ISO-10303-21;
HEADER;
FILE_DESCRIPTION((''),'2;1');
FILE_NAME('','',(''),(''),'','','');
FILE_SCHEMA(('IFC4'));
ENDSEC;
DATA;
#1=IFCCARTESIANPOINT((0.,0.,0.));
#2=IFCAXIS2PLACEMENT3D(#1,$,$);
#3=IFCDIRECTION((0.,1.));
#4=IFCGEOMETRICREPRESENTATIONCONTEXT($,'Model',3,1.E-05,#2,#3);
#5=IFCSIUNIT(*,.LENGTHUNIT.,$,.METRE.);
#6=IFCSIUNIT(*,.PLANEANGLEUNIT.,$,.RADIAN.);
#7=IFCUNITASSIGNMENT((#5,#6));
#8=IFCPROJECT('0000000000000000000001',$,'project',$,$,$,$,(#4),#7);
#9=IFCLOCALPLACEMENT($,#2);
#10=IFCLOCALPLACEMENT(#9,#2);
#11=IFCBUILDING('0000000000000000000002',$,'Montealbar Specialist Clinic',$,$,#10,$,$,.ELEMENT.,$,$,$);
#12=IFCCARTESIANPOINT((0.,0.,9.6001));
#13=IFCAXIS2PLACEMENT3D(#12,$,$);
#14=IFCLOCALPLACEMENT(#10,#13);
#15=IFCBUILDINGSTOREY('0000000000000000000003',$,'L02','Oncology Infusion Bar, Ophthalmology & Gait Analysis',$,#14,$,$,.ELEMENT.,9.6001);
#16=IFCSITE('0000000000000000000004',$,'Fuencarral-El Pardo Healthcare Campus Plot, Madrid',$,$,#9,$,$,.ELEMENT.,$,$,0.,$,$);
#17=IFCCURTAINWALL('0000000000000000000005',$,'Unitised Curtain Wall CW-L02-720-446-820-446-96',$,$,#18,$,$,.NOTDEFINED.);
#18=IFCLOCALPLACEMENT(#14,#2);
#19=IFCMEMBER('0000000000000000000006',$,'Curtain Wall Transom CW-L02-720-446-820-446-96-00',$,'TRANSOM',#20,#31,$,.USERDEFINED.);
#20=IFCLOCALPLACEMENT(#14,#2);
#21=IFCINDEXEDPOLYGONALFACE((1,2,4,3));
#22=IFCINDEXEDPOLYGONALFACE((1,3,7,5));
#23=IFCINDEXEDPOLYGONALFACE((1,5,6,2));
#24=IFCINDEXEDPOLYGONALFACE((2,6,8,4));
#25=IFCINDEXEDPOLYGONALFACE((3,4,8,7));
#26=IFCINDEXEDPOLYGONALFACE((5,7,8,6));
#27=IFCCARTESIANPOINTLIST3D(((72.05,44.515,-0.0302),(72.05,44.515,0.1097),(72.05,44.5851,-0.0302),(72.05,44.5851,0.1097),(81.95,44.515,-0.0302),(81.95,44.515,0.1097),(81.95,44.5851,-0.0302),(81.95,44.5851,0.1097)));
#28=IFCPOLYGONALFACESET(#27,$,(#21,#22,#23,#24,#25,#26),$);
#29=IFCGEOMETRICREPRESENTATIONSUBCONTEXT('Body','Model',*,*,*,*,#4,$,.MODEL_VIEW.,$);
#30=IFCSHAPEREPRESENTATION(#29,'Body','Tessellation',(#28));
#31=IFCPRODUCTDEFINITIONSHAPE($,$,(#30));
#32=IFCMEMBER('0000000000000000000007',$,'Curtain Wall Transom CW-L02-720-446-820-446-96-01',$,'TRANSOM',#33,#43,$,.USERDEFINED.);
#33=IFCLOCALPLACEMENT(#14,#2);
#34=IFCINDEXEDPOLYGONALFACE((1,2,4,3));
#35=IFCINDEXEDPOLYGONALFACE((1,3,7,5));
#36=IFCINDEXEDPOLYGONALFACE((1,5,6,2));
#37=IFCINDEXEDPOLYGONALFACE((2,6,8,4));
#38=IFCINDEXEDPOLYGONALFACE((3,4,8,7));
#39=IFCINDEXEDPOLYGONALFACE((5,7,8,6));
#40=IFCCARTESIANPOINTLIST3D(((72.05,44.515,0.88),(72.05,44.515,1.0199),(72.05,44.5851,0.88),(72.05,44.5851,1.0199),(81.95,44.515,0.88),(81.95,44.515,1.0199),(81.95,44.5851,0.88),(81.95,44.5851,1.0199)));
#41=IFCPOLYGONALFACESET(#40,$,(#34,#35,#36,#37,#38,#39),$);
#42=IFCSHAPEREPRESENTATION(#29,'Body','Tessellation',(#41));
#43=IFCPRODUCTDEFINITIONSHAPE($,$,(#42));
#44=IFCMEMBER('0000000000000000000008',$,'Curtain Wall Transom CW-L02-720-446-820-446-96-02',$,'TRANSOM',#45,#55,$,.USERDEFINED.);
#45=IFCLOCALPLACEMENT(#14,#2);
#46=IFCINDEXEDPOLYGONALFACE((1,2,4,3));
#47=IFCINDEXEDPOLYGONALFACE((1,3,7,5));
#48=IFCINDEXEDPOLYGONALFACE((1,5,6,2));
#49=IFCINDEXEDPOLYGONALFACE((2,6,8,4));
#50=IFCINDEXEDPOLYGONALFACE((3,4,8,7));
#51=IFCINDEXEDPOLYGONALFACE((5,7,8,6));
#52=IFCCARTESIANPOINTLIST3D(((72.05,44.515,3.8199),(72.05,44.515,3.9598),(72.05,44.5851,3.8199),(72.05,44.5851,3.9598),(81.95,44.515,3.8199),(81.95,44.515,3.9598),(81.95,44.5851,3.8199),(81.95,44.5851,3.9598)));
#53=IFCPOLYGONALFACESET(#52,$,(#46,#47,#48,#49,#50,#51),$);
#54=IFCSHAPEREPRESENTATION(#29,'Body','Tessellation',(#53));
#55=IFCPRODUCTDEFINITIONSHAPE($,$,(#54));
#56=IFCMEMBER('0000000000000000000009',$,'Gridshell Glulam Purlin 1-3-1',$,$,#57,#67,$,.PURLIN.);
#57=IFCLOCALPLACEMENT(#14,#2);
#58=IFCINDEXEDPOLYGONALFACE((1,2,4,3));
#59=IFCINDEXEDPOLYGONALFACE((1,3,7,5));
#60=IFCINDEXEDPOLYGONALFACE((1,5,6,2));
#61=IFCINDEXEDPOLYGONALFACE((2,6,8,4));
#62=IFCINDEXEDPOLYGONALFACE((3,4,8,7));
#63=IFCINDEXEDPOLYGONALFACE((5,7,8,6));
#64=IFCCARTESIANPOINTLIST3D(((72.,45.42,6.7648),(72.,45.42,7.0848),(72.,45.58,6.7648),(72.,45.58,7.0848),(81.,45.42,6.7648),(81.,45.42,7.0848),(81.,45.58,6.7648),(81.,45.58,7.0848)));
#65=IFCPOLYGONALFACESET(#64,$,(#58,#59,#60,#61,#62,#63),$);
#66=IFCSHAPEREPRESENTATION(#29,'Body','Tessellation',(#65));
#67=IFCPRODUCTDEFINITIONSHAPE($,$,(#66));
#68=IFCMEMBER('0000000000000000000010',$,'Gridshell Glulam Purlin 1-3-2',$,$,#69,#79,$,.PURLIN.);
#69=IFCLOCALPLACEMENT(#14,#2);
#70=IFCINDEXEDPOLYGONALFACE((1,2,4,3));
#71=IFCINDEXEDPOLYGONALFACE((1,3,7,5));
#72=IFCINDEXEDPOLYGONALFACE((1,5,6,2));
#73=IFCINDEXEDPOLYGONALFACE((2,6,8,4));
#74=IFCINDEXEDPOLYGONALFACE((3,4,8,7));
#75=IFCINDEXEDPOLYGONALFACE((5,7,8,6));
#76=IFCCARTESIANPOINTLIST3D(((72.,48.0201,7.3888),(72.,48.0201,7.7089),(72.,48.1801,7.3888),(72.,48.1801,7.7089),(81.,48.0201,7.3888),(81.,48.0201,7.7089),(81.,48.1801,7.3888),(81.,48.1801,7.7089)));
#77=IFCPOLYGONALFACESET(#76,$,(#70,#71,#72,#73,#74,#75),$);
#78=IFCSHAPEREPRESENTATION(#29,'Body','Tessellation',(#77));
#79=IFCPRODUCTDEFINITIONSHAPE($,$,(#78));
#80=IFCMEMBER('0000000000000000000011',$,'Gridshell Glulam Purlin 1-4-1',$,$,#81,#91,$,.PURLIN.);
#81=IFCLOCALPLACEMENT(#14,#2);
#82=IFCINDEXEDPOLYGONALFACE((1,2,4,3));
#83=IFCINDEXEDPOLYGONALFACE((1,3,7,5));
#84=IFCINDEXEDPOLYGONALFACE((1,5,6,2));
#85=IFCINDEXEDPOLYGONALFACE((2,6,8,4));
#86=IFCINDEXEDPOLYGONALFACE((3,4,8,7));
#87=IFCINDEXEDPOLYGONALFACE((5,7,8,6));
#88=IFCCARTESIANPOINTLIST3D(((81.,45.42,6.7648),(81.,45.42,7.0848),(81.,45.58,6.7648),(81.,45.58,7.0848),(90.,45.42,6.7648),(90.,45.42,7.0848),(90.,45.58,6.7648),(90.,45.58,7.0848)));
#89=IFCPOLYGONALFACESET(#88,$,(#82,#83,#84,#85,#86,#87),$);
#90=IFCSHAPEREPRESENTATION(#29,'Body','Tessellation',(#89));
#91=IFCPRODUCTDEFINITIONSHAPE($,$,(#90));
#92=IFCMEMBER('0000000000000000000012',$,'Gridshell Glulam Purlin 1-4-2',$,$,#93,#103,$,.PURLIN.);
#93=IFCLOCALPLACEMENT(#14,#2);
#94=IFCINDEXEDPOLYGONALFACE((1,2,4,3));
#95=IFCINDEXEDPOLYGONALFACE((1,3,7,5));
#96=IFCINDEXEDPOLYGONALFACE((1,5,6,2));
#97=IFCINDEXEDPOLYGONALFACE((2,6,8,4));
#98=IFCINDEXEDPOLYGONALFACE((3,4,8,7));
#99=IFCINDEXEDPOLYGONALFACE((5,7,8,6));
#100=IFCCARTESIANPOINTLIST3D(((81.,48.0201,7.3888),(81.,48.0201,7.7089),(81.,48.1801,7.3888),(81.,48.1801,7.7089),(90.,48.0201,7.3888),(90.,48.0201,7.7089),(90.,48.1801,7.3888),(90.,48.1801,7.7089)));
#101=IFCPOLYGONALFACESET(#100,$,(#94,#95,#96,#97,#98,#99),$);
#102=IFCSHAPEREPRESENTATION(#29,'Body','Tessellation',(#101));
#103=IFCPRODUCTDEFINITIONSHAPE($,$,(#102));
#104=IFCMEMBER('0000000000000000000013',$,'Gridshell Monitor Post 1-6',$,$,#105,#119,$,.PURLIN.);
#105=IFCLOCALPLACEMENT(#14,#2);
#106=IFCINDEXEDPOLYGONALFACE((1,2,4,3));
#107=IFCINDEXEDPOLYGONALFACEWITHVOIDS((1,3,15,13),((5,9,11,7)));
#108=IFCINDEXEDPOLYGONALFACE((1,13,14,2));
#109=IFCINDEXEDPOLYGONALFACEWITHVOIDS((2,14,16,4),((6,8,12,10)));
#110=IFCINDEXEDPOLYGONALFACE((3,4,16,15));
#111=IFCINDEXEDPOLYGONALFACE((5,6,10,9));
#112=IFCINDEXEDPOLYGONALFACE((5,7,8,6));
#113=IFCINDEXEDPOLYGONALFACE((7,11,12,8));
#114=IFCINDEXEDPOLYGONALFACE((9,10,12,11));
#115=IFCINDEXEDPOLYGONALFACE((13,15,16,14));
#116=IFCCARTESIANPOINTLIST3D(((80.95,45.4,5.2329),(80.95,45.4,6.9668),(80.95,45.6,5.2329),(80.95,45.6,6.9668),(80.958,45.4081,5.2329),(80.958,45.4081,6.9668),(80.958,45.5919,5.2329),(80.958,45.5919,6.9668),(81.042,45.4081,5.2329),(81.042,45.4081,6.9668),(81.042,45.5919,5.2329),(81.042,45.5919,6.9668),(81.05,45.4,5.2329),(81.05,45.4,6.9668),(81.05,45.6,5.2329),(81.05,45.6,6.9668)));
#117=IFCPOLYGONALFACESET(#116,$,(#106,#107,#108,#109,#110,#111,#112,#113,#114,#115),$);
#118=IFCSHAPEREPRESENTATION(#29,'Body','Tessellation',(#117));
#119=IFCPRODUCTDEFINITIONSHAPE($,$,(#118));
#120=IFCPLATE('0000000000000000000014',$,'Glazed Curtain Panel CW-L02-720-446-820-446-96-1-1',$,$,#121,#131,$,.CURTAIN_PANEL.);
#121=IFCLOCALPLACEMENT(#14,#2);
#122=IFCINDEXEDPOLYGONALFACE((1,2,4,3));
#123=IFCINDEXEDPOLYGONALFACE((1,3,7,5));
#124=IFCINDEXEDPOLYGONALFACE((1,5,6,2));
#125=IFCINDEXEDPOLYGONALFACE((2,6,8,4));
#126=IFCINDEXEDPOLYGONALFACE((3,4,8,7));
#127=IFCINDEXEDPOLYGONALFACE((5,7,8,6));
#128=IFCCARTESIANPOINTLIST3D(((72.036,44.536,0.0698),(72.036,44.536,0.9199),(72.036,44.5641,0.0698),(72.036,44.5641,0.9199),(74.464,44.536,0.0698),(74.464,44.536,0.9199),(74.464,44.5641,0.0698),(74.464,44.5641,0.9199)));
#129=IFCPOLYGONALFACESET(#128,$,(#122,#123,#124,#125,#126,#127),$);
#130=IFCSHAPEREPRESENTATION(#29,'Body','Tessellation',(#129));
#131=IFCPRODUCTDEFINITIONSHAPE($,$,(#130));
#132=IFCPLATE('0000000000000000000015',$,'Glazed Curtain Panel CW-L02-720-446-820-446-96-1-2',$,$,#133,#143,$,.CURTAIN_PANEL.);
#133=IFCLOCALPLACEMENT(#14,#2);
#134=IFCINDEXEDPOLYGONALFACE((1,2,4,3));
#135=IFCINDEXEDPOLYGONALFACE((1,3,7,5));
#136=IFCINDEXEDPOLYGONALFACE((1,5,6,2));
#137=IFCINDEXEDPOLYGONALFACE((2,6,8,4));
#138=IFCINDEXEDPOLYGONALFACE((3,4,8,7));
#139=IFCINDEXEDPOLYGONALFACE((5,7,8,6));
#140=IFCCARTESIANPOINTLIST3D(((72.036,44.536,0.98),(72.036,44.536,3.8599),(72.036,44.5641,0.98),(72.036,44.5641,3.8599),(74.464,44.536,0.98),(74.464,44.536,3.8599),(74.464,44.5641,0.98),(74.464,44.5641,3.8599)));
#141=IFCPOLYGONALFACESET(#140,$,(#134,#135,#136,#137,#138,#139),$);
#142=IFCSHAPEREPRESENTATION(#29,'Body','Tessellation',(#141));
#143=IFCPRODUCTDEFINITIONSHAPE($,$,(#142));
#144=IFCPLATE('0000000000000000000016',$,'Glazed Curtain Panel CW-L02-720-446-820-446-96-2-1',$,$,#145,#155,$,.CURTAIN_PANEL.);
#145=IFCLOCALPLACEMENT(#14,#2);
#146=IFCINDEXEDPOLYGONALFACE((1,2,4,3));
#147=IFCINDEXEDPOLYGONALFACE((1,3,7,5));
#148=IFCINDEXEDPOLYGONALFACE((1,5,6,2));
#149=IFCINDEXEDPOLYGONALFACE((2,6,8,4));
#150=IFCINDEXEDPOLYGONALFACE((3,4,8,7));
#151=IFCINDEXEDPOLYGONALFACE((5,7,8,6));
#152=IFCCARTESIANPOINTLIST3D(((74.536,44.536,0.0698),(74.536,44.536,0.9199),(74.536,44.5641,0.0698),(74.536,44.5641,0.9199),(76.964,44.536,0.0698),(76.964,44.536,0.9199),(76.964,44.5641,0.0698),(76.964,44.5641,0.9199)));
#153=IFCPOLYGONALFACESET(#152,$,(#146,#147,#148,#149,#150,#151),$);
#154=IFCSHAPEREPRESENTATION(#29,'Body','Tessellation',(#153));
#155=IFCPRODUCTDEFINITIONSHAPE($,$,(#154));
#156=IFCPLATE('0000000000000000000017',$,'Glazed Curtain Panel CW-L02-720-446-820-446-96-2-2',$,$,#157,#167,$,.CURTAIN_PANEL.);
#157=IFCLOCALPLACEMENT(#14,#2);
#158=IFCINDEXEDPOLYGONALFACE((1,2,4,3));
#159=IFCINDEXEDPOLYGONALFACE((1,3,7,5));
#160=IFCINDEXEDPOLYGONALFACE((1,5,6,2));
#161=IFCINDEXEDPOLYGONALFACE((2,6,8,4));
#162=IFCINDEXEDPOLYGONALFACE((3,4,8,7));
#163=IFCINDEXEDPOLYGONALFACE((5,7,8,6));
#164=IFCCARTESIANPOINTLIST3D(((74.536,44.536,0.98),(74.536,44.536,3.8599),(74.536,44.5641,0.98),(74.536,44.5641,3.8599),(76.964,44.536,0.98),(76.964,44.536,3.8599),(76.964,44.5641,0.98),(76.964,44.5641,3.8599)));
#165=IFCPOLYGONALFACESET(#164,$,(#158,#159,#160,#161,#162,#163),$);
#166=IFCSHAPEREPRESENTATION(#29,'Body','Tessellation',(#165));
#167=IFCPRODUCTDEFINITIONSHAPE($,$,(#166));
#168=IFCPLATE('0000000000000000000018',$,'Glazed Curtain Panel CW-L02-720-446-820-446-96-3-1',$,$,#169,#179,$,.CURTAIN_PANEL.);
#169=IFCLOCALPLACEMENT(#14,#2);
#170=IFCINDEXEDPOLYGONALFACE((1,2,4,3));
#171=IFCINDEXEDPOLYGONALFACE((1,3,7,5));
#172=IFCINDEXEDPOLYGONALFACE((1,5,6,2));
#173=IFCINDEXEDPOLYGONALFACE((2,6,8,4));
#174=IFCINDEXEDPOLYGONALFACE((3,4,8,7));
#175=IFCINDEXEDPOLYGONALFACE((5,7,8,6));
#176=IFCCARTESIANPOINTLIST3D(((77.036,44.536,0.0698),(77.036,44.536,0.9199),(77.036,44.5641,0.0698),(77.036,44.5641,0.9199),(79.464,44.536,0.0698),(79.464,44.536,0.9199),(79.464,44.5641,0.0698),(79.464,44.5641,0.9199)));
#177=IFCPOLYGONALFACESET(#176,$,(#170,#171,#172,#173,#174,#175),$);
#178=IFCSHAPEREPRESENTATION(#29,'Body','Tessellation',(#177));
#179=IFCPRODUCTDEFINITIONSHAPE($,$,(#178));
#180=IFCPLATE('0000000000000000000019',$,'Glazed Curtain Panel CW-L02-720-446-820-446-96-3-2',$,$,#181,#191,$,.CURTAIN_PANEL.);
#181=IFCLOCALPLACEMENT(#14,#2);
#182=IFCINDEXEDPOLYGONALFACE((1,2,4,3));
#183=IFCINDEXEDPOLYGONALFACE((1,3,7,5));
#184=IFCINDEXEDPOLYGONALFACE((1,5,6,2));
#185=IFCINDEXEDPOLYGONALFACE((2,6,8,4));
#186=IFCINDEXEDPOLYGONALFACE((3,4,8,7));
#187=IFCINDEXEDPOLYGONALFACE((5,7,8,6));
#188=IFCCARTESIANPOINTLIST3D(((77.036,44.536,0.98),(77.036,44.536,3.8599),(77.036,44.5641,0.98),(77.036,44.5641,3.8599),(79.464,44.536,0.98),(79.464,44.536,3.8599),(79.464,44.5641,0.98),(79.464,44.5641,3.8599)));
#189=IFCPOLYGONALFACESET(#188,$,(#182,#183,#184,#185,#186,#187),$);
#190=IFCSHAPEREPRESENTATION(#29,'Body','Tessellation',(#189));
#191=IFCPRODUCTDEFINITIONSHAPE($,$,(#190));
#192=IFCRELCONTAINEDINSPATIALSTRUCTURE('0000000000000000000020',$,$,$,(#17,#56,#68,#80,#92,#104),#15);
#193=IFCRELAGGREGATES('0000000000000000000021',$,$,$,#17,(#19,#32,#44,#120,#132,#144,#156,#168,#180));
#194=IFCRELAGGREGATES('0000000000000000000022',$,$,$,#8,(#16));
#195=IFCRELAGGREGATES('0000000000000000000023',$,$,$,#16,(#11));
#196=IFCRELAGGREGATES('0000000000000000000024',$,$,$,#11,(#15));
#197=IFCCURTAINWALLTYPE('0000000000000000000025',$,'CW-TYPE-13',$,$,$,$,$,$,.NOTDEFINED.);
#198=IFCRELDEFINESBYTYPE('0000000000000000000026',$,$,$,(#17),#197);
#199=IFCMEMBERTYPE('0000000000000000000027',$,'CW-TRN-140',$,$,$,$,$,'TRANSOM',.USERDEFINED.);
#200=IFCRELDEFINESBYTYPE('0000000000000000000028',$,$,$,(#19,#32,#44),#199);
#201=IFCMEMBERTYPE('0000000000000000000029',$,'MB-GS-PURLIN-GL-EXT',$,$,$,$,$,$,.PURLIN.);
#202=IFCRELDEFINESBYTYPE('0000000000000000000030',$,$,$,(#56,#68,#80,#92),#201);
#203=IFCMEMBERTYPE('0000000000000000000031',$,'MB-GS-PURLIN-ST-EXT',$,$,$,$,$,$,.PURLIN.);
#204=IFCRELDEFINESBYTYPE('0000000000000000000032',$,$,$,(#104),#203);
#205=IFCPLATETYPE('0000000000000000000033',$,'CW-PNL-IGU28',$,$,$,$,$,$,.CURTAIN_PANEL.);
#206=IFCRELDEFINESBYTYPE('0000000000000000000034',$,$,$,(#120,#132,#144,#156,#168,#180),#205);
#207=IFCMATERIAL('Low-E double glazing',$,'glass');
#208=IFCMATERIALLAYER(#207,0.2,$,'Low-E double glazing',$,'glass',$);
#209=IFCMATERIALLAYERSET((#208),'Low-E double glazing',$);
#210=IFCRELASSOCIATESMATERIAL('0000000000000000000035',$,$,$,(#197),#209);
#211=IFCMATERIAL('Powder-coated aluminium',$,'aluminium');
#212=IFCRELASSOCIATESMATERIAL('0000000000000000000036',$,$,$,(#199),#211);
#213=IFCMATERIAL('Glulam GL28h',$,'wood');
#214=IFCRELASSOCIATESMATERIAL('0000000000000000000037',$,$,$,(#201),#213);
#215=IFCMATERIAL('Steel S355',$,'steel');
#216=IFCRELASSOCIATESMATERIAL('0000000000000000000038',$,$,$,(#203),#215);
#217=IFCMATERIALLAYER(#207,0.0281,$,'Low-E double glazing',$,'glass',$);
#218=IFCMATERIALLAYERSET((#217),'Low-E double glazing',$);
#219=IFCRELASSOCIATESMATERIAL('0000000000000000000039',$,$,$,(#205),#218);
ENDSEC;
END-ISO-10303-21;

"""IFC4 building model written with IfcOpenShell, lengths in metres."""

from ifc_helpers import new_model, si_unit, direction, frame, origin, origin_2d, place, context, subcontext, project, spatial, rectangle, hollow_rectangle, extrude, material, layer, layer_set, material_profile, profile_set, type_object, element, aggregate, save


model = new_model("IFC4")

# Units and contexts
model_context = context("Model", 3, precision=1e-05, world=origin(), true_north=direction((0.0, 1.0)))
body_context = subcontext(model_context, "Body", "Model", "MODEL_VIEW")
ifc_project = project(units=[si_unit("LENGTHUNIT", "METRE"), si_unit("PLANEANGLEUNIT", "RADIAN")], contexts=[model_context])

# Site, building, storey
site_placement = place(None, origin())
site = spatial("IfcSite", under=ifc_project, at=site_placement, Name="Fuencarral-El Pardo Healthcare Campus Plot, Madrid", CompositionType="ELEMENT", RefElevation=0.0)
building_placement = place(site_placement, origin())
building = spatial("IfcBuilding", under=site, at=building_placement, Name="Montealbar Specialist Clinic", CompositionType="ELEMENT")
storey_placement = place(building_placement, frame((0.0, 0.0, 9.6001)))
storey = spatial("IfcBuildingStorey", under=building, at=storey_placement, Name="L02", Description="Oncology Infusion Bar, Ophthalmology & Gait Analysis", CompositionType="ELEMENT", Elevation=9.6001)

# Shared definitions
ifc_material_1 = material(Name="Steel S355", Category="steel")

# Shared definitions
ifc_material_2 = material(Name="Glulam GL28h", Category="wood")

# Curtain wall, members
ifc_material_3 = material(Name="Low-E double glazing", Category="glass")
ifc_layer_1 = layer(ifc_material_3, 0.2, Name="Low-E double glazing", Category="glass")
ifc_layer_set_1 = layer_set([ifc_layer_1], Name="Low-E double glazing")
curtain_wall_type = type_object("IfcCurtainWallType", Name="CW-TYPE-13", PredefinedType="NOTDEFINED", material=ifc_layer_set_1)
curtain_wall_placement = place(storey_placement, origin())
curtain_wall = element("IfcCurtainWall", 1, at=curtain_wall_placement, inside=storey, type_object=curtain_wall_type, Name="Unitised Curtain Wall CW-L02-720-446-820-446-96", PredefinedType="NOTDEFINED")
ifc_material_4 = material(Name="Powder-coated aluminium", Category="aluminium")
ifc_material_profile_1 = material_profile(ifc_material_4, rectangle(XDim=0.0701, YDim=0.1399, at=origin_2d()), Name="ALU 70x140", Category="aluminium")
ifc_profile_set_1 = profile_set([ifc_material_profile_1], Name="Powder-coated aluminium")
member_type_1 = type_object("IfcMemberType", Name="CW-TRN-140", ElementType="TRANSOM", PredefinedType="USERDEFINED", material=ifc_profile_set_1)
member_1_placement = place(storey_placement, frame((72.05, 44.55, 0.0398), z_axis=(1.0, 0.0, 0.0), x_axis=(0.0, 1.0, 0.0)))
member_1 = element("IfcMember", 2, at=member_1_placement, type_object=member_type_1, Name="Curtain Wall Transom CW-L02-720-446-820-446-96-00", ObjectType="TRANSOM", PredefinedType="USERDEFINED", context=body_context, shape_type="SweptSolid", body=[
    extrude(rectangle(XDim=0.0701, YDim=0.1399, at=origin_2d()), origin(), (0.0, 0.0, 1.0), 9.8999),
])
member_2_placement = place(storey_placement, frame((72.05, 44.55, 0.95), z_axis=(1.0, 0.0, 0.0), x_axis=(0.0, 1.0, 0.0)))
member_2 = element("IfcMember", 3, at=member_2_placement, type_object=member_type_1, Name="Curtain Wall Transom CW-L02-720-446-820-446-96-01", ObjectType="TRANSOM", PredefinedType="USERDEFINED", context=body_context, shape_type="SweptSolid", body=[
    extrude(rectangle(XDim=0.0701, YDim=0.1399, at=origin_2d()), origin(), (0.0, 0.0, 1.0), 9.8999),
])
member_3_placement = place(storey_placement, frame((72.05, 44.55, 3.8899), z_axis=(1.0, 0.0, 0.0), x_axis=(0.0, 1.0, 0.0)))
member_3 = element("IfcMember", 4, at=member_3_placement, type_object=member_type_1, Name="Curtain Wall Transom CW-L02-720-446-820-446-96-02", ObjectType="TRANSOM", PredefinedType="USERDEFINED", context=body_context, shape_type="SweptSolid", body=[
    extrude(rectangle(XDim=0.0701, YDim=0.1399, at=origin_2d()), origin(), (0.0, 0.0, 1.0), 9.8999),
])

# Members
ifc_material_profile_2 = material_profile(ifc_material_2, rectangle(XDim=0.1599, YDim=0.3201, at=origin_2d()), Name="GL28h 160x320", Category="wood")
ifc_profile_set_2 = profile_set([ifc_material_profile_2], Name="Glulam GL28h")
member_type_2 = type_object("IfcMemberType", Name="MB-GS-PURLIN-GL-EXT", PredefinedType="PURLIN", material=ifc_profile_set_2)
for number, where, z_axis, x_axis, name in (
    (5, (72.0, 45.5, 6.9248), (1.0, 0.0, 0.0), (0.0, 1.0, 0.0), "Gridshell Glulam Purlin 1-3-1"),
    (6, (72.0, 48.1001, 7.5488), (1.0, 0.0, 0.0), (0.0, 1.0, 0.0), "Gridshell Glulam Purlin 1-3-2"),
    (7, (81.0, 45.5, 6.9248), (1.0, 0.0, 0.0), (0.0, 1.0, 0.0), "Gridshell Glulam Purlin 1-4-1"),
    (8, (81.0, 48.1001, 7.5488), (1.0, 0.0, 0.0), (0.0, 1.0, 0.0), "Gridshell Glulam Purlin 1-4-2"),
):
    element("IfcMember", number, at=place(storey_placement, frame(where, z_axis=z_axis, x_axis=x_axis)), inside=storey, type_object=member_type_2, Name=name, PredefinedType="PURLIN", context=body_context, shape_type="SweptSolid", body=[
        extrude(rectangle(XDim=0.1599, YDim=0.3201, at=origin_2d()), origin(), (0.0, 0.0, 1.0), 9.0),
    ])
ifc_material_profile_3 = material_profile(ifc_material_1, hollow_rectangle(XDim=0.1001, YDim=0.2, WallThickness=0.0081, at=origin_2d()), Name="RHS 200x100x8", Category="steel")
ifc_profile_set_3 = profile_set([ifc_material_profile_3], Name="Steel S355")
member_type_3 = type_object("IfcMemberType", Name="MB-GS-PURLIN-ST-EXT", PredefinedType="PURLIN", material=ifc_profile_set_3)
member_4_placement = place(storey_placement, frame((81.0, 45.5, 5.2329), z_axis=(0.0, 0.0, 1.0), x_axis=(1.0, 0.0, 0.0)))
element("IfcMember", 9, at=member_4_placement, inside=storey, type_object=member_type_3, Name="Gridshell Monitor Post 1-6", PredefinedType="PURLIN", context=body_context, shape_type="SweptSolid", body=[
    extrude(hollow_rectangle(XDim=0.1001, YDim=0.2, WallThickness=0.0081, at=origin_2d()), origin(), (0.0, 0.0, 1.0), 1.7339),
])

# Plates
ifc_layer_2 = layer(ifc_material_3, 0.0281, Name="Low-E double glazing", Category="glass")
ifc_layer_set_2 = layer_set([ifc_layer_2], Name="Low-E double glazing")
plate_type = type_object("IfcPlateType", Name="CW-PNL-IGU28", PredefinedType="CURTAIN_PANEL", material=ifc_layer_set_2)
plate_1_placement = place(storey_placement, frame((73.25, 44.55, 0.0698), z_axis=(0.0, 0.0, 1.0), x_axis=(1.0, 0.0, 0.0)))
plate_1 = element("IfcPlate", 10, at=plate_1_placement, type_object=plate_type, Name="Glazed Curtain Panel CW-L02-720-446-820-446-96-1-1", PredefinedType="CURTAIN_PANEL", context=body_context, shape_type="SweptSolid", body=[
    extrude(rectangle(XDim=2.428, YDim=0.0281, at=origin_2d()), origin(), (0.0, 0.0, 1.0), 0.8501),
])
plate_2_placement = place(storey_placement, frame((73.25, 44.55, 0.98), z_axis=(0.0, 0.0, 1.0), x_axis=(1.0, 0.0, 0.0)))
plate_2 = element("IfcPlate", 11, at=plate_2_placement, type_object=plate_type, Name="Glazed Curtain Panel CW-L02-720-446-820-446-96-1-2", PredefinedType="CURTAIN_PANEL", context=body_context, shape_type="SweptSolid", body=[
    extrude(rectangle(XDim=2.428, YDim=0.0281, at=origin_2d()), origin(), (0.0, 0.0, 1.0), 2.8799),
])
plate_3_placement = place(storey_placement, frame((75.75, 44.55, 0.0698), z_axis=(0.0, 0.0, 1.0), x_axis=(1.0, 0.0, 0.0)))
plate_3 = element("IfcPlate", 12, at=plate_3_placement, type_object=plate_type, Name="Glazed Curtain Panel CW-L02-720-446-820-446-96-2-1", PredefinedType="CURTAIN_PANEL", context=body_context, shape_type="SweptSolid", body=[
    extrude(rectangle(XDim=2.428, YDim=0.0281, at=origin_2d()), origin(), (0.0, 0.0, 1.0), 0.8501),
])
plate_4_placement = place(storey_placement, frame((75.75, 44.55, 0.98), z_axis=(0.0, 0.0, 1.0), x_axis=(1.0, 0.0, 0.0)))
plate_4 = element("IfcPlate", 13, at=plate_4_placement, type_object=plate_type, Name="Glazed Curtain Panel CW-L02-720-446-820-446-96-2-2", PredefinedType="CURTAIN_PANEL", context=body_context, shape_type="SweptSolid", body=[
    extrude(rectangle(XDim=2.428, YDim=0.0281, at=origin_2d()), origin(), (0.0, 0.0, 1.0), 2.8799),
])
plate_5_placement = place(storey_placement, frame((78.25, 44.55, 0.0698), z_axis=(0.0, 0.0, 1.0), x_axis=(1.0, 0.0, 0.0)))
plate_5 = element("IfcPlate", 14, at=plate_5_placement, type_object=plate_type, Name="Glazed Curtain Panel CW-L02-720-446-820-446-96-3-1", PredefinedType="CURTAIN_PANEL", context=body_context, shape_type="SweptSolid", body=[
    extrude(rectangle(XDim=2.428, YDim=0.0281, at=origin_2d()), origin(), (0.0, 0.0, 1.0), 0.8501),
])
plate_6_placement = place(storey_placement, frame((78.25, 44.55, 0.98), z_axis=(0.0, 0.0, 1.0), x_axis=(1.0, 0.0, 0.0)))
plate_6 = element("IfcPlate", 15, at=plate_6_placement, type_object=plate_type, Name="Glazed Curtain Panel CW-L02-720-446-820-446-96-3-2", PredefinedType="CURTAIN_PANEL", context=body_context, shape_type="SweptSolid", body=[
    extrude(rectangle(XDim=2.428, YDim=0.0281, at=origin_2d()), origin(), (0.0, 0.0, 1.0), 2.8799),
])
aggregate(curtain_wall, [member_1, member_2, member_3, plate_1, plate_2, plate_3, plate_4, plate_5, plate_6])

save(model, "model.ifc")
